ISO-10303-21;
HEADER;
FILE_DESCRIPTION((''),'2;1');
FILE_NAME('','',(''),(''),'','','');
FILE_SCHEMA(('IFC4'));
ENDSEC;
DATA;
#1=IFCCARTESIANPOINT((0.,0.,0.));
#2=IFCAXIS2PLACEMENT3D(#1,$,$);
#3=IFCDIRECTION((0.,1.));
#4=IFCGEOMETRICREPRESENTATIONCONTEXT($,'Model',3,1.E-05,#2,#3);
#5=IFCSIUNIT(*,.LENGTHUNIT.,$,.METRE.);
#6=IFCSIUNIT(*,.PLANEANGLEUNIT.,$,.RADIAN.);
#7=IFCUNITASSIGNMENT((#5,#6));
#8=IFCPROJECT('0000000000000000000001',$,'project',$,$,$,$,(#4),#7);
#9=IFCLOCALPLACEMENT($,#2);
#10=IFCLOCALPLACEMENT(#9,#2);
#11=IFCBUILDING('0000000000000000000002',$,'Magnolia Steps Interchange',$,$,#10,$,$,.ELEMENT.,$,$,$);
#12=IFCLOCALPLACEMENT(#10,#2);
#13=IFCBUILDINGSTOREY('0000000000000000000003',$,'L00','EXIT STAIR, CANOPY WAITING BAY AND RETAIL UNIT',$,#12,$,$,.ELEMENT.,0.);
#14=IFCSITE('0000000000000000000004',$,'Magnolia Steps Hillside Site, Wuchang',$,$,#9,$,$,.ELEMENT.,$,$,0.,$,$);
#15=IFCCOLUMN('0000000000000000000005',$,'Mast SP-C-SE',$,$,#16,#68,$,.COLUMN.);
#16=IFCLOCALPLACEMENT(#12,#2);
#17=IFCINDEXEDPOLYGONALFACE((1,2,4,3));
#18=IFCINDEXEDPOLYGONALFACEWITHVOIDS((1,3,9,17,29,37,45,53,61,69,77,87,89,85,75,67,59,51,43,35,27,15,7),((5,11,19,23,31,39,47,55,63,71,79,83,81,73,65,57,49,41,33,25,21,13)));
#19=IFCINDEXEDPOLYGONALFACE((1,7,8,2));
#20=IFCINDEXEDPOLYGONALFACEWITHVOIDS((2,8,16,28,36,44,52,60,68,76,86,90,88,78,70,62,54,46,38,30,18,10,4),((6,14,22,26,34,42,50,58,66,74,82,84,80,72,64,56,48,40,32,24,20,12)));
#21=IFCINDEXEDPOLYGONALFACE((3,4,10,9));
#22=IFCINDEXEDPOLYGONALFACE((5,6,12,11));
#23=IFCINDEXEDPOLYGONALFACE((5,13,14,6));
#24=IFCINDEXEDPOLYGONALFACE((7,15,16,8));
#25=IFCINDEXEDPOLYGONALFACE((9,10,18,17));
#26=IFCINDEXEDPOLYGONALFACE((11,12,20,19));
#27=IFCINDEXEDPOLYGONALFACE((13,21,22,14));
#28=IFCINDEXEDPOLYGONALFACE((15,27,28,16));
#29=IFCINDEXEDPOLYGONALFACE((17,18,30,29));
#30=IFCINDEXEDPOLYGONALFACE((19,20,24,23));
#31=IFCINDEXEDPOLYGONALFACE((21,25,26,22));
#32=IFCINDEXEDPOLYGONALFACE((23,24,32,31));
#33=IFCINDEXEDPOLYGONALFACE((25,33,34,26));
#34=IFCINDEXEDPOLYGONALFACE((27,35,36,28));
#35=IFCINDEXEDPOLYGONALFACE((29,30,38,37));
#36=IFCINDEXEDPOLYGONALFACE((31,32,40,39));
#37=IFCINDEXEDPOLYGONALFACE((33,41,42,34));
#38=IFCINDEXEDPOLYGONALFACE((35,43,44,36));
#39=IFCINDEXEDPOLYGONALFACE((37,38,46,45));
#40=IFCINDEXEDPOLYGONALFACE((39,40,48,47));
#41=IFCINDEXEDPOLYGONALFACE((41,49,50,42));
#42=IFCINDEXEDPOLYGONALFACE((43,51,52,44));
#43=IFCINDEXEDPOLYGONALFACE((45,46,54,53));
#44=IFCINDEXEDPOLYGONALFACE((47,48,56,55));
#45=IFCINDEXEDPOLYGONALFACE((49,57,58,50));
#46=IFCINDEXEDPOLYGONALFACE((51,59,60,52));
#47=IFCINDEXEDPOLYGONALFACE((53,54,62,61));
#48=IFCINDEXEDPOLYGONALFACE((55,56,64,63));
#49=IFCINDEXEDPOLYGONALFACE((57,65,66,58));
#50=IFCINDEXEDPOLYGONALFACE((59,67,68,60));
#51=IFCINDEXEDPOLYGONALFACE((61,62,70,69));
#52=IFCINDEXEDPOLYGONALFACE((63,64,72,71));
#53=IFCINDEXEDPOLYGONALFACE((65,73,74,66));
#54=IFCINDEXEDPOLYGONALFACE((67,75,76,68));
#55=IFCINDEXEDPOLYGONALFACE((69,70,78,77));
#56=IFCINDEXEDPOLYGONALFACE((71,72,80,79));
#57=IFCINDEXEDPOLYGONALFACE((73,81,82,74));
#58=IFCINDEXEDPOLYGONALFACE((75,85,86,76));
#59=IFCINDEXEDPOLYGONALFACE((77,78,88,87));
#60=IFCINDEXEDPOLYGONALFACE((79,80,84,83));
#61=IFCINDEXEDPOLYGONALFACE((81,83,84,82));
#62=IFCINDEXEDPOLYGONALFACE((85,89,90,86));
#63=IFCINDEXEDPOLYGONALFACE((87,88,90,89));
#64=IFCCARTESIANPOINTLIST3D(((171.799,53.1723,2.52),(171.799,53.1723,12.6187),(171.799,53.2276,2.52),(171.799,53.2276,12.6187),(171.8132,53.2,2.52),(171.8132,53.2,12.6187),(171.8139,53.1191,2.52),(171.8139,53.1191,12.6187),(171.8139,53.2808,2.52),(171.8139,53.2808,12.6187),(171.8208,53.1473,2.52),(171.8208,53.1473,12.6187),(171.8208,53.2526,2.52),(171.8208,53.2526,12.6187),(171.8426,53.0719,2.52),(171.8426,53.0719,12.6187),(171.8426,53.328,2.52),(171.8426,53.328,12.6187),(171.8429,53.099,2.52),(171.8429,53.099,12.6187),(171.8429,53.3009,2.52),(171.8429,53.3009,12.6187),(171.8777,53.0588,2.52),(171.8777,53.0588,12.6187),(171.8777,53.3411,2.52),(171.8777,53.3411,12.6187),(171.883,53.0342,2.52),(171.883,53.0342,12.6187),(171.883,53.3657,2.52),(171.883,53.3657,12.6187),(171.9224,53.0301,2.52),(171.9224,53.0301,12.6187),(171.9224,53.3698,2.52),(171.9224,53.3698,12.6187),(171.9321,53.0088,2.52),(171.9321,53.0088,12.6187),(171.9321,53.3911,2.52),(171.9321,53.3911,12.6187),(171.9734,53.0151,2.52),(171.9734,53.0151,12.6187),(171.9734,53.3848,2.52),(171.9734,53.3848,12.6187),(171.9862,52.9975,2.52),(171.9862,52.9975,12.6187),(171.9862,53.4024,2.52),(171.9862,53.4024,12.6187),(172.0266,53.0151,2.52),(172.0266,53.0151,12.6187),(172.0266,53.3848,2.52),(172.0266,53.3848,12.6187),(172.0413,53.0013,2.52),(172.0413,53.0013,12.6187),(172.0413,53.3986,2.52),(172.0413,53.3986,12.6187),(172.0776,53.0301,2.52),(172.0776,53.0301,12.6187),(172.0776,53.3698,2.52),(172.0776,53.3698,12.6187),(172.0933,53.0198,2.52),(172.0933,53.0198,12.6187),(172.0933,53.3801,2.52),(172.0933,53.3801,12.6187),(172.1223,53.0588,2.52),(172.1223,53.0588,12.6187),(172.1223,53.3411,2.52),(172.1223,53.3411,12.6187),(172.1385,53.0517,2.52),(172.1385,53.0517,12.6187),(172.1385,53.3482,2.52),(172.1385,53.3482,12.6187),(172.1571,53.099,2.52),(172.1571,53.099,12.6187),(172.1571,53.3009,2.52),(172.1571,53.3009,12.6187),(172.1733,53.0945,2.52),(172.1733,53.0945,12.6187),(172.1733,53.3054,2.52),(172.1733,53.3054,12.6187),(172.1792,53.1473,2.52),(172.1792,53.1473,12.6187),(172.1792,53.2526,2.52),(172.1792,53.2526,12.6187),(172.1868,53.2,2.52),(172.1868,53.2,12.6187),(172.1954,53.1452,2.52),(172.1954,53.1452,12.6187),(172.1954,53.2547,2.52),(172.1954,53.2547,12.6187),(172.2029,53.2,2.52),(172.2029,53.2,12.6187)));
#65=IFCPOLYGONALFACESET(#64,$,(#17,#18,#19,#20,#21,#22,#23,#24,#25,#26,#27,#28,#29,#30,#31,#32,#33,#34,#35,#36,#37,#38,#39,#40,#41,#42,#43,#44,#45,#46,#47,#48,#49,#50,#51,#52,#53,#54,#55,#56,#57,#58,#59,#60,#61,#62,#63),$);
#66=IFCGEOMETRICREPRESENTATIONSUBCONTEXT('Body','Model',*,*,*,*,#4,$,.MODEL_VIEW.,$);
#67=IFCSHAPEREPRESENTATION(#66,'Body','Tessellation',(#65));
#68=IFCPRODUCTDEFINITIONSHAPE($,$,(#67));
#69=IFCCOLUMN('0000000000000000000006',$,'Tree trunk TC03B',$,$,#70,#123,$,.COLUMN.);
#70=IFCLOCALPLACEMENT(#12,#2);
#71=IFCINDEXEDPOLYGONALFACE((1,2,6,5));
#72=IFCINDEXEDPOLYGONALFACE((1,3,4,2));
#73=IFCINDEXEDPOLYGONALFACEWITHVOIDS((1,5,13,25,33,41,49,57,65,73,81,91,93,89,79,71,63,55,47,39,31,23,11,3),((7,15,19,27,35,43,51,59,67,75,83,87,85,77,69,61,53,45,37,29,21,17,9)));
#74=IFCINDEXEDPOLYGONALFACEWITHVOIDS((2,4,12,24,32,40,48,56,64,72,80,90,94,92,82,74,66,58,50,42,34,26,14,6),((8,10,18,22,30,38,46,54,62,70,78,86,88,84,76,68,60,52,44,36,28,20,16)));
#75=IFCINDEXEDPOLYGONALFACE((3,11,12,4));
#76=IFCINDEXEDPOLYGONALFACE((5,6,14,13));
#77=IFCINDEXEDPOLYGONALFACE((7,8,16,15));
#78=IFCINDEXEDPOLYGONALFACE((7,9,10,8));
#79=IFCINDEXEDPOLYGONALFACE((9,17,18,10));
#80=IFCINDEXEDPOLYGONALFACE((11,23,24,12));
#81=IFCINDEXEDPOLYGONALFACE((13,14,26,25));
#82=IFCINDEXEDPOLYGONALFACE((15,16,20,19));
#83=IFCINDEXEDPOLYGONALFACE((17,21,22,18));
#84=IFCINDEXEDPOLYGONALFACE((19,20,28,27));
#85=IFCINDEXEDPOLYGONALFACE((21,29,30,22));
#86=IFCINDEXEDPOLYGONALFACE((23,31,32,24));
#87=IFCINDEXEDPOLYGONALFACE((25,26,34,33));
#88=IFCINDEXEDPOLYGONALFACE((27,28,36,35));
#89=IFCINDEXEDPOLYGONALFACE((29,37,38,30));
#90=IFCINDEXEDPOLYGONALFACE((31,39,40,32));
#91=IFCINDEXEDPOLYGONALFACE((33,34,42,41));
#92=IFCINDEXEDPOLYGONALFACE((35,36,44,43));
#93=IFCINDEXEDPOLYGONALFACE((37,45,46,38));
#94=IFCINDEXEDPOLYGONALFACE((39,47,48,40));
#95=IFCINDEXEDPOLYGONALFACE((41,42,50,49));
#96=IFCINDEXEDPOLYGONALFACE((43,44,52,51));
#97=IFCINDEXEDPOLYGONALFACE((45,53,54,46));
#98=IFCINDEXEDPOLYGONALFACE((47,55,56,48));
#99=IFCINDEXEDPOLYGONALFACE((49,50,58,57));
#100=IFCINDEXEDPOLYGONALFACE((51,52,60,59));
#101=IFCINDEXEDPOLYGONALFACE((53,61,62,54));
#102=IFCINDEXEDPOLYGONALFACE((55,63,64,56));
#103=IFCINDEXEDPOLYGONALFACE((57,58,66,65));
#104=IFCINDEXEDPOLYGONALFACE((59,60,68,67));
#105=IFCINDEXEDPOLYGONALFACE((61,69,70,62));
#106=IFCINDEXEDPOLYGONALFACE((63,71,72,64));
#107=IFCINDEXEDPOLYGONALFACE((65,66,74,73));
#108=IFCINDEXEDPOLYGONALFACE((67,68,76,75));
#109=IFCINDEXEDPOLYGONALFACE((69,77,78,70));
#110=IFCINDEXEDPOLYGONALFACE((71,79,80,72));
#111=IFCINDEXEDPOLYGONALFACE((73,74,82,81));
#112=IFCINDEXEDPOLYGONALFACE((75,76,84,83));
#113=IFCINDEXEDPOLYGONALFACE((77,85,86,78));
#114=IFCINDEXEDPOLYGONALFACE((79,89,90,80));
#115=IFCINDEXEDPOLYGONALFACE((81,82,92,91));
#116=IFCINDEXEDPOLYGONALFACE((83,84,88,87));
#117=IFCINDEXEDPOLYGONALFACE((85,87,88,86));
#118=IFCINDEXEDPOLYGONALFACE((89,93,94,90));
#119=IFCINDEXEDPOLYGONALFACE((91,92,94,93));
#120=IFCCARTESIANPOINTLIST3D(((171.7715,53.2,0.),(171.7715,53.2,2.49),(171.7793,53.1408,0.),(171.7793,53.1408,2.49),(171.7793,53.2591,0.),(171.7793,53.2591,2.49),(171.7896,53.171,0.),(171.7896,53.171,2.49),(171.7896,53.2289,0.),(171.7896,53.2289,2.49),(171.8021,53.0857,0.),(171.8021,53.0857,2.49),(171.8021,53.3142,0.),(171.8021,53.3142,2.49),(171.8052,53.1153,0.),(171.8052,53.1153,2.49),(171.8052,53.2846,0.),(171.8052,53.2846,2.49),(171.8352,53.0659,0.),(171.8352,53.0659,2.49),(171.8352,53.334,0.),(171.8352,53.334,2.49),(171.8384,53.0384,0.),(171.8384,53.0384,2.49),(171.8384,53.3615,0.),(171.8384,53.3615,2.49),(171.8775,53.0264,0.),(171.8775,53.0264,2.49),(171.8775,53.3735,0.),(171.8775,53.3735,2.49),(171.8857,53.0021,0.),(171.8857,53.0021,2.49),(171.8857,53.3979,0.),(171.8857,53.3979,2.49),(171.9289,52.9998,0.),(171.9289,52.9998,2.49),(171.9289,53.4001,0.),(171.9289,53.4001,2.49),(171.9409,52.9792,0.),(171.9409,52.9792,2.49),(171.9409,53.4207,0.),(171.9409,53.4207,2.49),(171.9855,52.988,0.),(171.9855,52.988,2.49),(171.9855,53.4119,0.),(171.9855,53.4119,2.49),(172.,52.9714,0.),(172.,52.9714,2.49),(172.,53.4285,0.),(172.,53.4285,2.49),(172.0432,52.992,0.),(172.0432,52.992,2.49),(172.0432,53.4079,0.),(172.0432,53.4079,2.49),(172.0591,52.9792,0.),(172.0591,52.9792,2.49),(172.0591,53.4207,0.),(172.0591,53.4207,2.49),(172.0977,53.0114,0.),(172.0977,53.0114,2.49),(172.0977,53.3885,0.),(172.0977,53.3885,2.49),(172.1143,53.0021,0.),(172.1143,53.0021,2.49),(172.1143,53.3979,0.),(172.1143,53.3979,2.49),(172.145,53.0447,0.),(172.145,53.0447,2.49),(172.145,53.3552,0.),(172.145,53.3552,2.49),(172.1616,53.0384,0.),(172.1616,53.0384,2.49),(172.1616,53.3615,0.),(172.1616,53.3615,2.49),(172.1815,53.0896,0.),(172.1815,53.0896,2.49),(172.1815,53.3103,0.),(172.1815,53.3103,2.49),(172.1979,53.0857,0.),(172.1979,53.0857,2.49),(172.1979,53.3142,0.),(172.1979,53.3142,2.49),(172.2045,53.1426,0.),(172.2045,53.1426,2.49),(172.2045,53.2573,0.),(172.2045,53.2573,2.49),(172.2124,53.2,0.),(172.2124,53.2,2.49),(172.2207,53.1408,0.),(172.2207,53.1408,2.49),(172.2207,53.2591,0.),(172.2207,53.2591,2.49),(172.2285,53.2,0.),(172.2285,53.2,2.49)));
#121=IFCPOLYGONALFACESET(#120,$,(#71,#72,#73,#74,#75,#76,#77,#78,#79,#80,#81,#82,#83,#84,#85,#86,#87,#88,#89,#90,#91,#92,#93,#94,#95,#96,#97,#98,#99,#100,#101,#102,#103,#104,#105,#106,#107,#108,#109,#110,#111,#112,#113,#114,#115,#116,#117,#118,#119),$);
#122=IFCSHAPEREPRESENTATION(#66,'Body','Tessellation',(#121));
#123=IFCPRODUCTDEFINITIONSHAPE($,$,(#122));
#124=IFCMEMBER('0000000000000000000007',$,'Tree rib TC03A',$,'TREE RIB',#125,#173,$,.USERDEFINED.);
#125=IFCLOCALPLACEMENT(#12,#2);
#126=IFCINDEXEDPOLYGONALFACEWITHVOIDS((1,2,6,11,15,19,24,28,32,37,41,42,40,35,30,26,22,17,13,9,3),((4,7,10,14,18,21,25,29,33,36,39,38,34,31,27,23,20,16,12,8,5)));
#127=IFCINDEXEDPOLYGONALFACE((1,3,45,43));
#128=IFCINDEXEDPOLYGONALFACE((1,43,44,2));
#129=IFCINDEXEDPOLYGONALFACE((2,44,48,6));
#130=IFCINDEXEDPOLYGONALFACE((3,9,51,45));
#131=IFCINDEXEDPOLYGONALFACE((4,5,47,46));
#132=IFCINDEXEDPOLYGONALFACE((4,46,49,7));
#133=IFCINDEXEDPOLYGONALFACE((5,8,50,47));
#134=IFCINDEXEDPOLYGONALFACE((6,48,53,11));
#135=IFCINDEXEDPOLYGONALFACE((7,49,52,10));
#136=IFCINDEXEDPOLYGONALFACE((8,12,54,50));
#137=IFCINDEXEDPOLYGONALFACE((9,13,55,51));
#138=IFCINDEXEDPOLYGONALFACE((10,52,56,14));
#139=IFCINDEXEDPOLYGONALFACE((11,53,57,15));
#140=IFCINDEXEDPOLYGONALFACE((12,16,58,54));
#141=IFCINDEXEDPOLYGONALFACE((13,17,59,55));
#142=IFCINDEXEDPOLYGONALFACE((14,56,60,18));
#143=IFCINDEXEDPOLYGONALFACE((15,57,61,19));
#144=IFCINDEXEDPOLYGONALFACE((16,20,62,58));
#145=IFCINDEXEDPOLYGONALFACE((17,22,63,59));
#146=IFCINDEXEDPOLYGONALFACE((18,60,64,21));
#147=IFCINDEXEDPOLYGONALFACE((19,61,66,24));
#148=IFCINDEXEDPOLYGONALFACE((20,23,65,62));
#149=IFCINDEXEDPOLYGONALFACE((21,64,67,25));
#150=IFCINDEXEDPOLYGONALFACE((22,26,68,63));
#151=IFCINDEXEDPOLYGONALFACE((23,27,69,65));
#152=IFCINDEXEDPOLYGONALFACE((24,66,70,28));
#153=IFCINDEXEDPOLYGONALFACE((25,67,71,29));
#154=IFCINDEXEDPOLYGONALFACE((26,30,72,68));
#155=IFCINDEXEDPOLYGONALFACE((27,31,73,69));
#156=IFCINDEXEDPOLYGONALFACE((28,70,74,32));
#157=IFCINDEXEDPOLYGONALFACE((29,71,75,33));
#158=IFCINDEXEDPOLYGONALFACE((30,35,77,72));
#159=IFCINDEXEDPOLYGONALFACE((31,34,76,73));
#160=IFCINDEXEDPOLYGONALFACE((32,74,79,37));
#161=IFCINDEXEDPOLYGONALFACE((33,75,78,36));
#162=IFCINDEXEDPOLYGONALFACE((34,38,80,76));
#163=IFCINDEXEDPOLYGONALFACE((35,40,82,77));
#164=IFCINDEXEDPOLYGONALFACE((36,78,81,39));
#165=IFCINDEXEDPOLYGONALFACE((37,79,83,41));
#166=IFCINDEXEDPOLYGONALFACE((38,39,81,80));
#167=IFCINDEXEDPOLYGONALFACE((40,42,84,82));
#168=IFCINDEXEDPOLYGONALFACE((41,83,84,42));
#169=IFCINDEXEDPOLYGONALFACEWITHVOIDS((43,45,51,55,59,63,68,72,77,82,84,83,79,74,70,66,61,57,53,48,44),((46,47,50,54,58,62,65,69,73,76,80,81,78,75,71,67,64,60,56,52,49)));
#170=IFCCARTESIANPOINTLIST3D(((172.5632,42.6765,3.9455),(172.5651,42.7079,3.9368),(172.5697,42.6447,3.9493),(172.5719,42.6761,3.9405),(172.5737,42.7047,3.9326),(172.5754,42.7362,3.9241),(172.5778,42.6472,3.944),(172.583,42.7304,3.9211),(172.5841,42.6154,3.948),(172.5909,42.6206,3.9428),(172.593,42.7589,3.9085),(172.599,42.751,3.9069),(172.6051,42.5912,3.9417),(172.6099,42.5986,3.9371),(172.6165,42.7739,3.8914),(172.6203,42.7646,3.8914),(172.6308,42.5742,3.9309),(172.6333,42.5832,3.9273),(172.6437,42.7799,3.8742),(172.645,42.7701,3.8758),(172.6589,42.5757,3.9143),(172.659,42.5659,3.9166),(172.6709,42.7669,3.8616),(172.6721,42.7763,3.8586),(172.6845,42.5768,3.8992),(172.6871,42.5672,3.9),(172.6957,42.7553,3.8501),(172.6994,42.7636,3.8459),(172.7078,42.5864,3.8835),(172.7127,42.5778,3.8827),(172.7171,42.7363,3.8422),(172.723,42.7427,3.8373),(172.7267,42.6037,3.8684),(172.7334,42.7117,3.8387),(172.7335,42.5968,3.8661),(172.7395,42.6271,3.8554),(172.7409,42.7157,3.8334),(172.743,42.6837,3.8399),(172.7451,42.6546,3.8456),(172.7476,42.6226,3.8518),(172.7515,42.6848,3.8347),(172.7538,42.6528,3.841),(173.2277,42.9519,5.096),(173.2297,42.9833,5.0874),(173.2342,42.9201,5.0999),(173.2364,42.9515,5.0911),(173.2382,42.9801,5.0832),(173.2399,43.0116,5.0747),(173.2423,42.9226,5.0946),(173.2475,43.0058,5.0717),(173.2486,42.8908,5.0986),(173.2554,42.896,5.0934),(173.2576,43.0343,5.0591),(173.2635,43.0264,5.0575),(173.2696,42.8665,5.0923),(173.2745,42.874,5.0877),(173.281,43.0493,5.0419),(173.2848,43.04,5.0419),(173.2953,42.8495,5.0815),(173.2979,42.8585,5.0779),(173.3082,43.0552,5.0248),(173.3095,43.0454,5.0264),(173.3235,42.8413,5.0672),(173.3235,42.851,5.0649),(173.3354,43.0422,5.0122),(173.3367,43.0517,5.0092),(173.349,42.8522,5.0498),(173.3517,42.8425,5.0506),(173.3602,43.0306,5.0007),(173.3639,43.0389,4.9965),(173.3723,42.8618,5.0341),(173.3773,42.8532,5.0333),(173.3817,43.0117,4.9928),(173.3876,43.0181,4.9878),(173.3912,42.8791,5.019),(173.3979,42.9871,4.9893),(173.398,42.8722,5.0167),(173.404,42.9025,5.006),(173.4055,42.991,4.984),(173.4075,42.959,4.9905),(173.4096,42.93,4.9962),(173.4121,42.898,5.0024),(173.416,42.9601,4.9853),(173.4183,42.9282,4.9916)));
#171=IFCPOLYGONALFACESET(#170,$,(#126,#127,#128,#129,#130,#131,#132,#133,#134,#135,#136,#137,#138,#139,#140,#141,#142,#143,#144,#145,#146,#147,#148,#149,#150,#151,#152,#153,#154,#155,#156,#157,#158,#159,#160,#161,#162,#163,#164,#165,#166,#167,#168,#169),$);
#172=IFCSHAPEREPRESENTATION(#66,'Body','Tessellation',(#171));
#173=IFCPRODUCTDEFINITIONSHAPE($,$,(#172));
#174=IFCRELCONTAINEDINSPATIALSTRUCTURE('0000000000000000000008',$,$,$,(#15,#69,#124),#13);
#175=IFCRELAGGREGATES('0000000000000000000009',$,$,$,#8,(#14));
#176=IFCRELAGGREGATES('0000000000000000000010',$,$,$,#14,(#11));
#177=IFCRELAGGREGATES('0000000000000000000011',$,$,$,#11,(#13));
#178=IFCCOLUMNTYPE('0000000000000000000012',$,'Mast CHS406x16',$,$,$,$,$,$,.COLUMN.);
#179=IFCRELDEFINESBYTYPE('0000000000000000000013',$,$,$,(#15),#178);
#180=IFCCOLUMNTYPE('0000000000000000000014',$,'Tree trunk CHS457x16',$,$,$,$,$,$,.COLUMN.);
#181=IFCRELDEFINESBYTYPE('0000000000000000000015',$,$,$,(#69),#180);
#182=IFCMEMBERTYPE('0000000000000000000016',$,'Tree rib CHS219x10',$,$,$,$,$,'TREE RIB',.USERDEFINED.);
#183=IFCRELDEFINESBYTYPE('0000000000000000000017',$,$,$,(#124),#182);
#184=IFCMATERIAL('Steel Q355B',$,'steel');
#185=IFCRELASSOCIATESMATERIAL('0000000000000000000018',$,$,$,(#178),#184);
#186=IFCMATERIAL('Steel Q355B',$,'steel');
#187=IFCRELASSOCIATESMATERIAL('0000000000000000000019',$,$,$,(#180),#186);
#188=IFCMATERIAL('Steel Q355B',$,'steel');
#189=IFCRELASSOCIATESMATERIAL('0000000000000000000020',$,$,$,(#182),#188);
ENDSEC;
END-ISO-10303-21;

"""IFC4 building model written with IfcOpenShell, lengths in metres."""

from ifc_helpers import new_model, si_unit, direction, frame, origin, origin_2d, place, context, subcontext, project, spatial, hollow_circle, extrude, material, material_profile, profile_set, type_object, element, save


model = new_model("IFC4")

# Units and contexts
model_context = context("Model", 3, precision=1e-05, world=origin(), true_north=direction((0.0, 1.0)))
body_context = subcontext(model_context, "Body", "Model", "MODEL_VIEW")
ifc_project = project(units=[si_unit("LENGTHUNIT", "METRE"), si_unit("PLANEANGLEUNIT", "RADIAN")], contexts=[model_context])

# Site, building, storey
site_placement = place(None, origin())
site = spatial("IfcSite", under=ifc_project, at=site_placement, Name="Magnolia Steps Hillside Site, Wuchang", CompositionType="ELEMENT", RefElevation=0.0)
building_placement = place(site_placement, origin())
building = spatial("IfcBuilding", under=site, at=building_placement, Name="Magnolia Steps Interchange", CompositionType="ELEMENT")
storey_placement = place(building_placement, origin())
storey = spatial("IfcBuildingStorey", under=building, at=storey_placement, Name="L00", Description="EXIT STAIR, CANOPY WAITING BAY AND RETAIL UNIT", CompositionType="ELEMENT", Elevation=0.0)

# Columns
ifc_material_1 = material(Name="Steel Q355B", Category="steel")
ifc_material_profile_1 = material_profile(ifc_material_1, hollow_circle(Radius=0.2029, WallThickness=0.0161, at=origin_2d()), Name="CHS406x16")
ifc_profile_set_1 = profile_set([ifc_material_profile_1], Name="Steel Q355B")
column_type_1 = type_object("IfcColumnType", Name="Mast CHS406x16", PredefinedType="COLUMN", material=ifc_profile_set_1)
column_1_placement = place(storey_placement, frame((172.0, 53.2, 2.52), z_axis=(0.0, 0.0, 1.0), x_axis=(1.0, 0.0, 0.0)))
element("IfcColumn", 1, at=column_1_placement, inside=storey, type_object=column_type_1, Name="Mast SP-C-SE", PredefinedType="COLUMN", context=body_context, shape_type="SweptSolid", body=[
    extrude(hollow_circle(Radius=0.2029, WallThickness=0.0161, at=origin_2d()), origin(), (0.0, 0.0, 1.0), 10.0986),
])
ifc_material_2 = material(Name="Steel Q355B", Category="steel")
ifc_material_profile_2 = material_profile(ifc_material_2, hollow_circle(Radius=0.2285, WallThickness=0.0161, at=origin_2d()), Name="CHS457x16")
ifc_profile_set_2 = profile_set([ifc_material_profile_2], Name="Steel Q355B")
column_type_2 = type_object("IfcColumnType", Name="Tree trunk CHS457x16", PredefinedType="COLUMN", material=ifc_profile_set_2)
column_2_placement = place(storey_placement, frame((172.0, 53.2, 0.0), z_axis=(0.0, 0.0, 1.0), x_axis=(1.0, 0.0, 0.0)))
element("IfcColumn", 2, at=column_2_placement, inside=storey, type_object=column_type_2, Name="Tree trunk TC03B", PredefinedType="COLUMN", context=body_context, shape_type="SweptSolid", body=[
    extrude(hollow_circle(Radius=0.2285, WallThickness=0.0161, at=origin_2d()), origin(), (0.0, 0.0, 1.0), 2.49),
])

# Member
ifc_material_3 = material(Name="Steel Q355B", Category="steel")
ifc_material_profile_3 = material_profile(ifc_material_3, hollow_circle(Radius=0.1096, WallThickness=0.01, at=origin_2d()), Name="CHS219x10")
ifc_profile_set_3 = profile_set([ifc_material_profile_3], Name="Steel Q355B")
member_type = type_object("IfcMemberType", Name="Tree rib CHS219x10", ElementType="TREE RIB", PredefinedType="USERDEFINED", material=ifc_profile_set_3)
member_1_placement = place(storey_placement, frame((172.6584, 42.6726, 3.8914), z_axis=(0.489723, 0.202942, 0.84793), x_axis=(-0.382831, 0.923818, 0.0)))
element("IfcMember", 3, at=member_1_placement, inside=storey, type_object=member_type, Name="Tree rib TC03A", ObjectType="TREE RIB", PredefinedType="USERDEFINED", context=body_context, shape_type="SweptSolid", body=[
    extrude(hollow_circle(Radius=0.1096, WallThickness=0.01, at=origin_2d()), origin(), (0.0, 0.0, 1.0), 1.3569),
])

save(model, "model.ifc")
